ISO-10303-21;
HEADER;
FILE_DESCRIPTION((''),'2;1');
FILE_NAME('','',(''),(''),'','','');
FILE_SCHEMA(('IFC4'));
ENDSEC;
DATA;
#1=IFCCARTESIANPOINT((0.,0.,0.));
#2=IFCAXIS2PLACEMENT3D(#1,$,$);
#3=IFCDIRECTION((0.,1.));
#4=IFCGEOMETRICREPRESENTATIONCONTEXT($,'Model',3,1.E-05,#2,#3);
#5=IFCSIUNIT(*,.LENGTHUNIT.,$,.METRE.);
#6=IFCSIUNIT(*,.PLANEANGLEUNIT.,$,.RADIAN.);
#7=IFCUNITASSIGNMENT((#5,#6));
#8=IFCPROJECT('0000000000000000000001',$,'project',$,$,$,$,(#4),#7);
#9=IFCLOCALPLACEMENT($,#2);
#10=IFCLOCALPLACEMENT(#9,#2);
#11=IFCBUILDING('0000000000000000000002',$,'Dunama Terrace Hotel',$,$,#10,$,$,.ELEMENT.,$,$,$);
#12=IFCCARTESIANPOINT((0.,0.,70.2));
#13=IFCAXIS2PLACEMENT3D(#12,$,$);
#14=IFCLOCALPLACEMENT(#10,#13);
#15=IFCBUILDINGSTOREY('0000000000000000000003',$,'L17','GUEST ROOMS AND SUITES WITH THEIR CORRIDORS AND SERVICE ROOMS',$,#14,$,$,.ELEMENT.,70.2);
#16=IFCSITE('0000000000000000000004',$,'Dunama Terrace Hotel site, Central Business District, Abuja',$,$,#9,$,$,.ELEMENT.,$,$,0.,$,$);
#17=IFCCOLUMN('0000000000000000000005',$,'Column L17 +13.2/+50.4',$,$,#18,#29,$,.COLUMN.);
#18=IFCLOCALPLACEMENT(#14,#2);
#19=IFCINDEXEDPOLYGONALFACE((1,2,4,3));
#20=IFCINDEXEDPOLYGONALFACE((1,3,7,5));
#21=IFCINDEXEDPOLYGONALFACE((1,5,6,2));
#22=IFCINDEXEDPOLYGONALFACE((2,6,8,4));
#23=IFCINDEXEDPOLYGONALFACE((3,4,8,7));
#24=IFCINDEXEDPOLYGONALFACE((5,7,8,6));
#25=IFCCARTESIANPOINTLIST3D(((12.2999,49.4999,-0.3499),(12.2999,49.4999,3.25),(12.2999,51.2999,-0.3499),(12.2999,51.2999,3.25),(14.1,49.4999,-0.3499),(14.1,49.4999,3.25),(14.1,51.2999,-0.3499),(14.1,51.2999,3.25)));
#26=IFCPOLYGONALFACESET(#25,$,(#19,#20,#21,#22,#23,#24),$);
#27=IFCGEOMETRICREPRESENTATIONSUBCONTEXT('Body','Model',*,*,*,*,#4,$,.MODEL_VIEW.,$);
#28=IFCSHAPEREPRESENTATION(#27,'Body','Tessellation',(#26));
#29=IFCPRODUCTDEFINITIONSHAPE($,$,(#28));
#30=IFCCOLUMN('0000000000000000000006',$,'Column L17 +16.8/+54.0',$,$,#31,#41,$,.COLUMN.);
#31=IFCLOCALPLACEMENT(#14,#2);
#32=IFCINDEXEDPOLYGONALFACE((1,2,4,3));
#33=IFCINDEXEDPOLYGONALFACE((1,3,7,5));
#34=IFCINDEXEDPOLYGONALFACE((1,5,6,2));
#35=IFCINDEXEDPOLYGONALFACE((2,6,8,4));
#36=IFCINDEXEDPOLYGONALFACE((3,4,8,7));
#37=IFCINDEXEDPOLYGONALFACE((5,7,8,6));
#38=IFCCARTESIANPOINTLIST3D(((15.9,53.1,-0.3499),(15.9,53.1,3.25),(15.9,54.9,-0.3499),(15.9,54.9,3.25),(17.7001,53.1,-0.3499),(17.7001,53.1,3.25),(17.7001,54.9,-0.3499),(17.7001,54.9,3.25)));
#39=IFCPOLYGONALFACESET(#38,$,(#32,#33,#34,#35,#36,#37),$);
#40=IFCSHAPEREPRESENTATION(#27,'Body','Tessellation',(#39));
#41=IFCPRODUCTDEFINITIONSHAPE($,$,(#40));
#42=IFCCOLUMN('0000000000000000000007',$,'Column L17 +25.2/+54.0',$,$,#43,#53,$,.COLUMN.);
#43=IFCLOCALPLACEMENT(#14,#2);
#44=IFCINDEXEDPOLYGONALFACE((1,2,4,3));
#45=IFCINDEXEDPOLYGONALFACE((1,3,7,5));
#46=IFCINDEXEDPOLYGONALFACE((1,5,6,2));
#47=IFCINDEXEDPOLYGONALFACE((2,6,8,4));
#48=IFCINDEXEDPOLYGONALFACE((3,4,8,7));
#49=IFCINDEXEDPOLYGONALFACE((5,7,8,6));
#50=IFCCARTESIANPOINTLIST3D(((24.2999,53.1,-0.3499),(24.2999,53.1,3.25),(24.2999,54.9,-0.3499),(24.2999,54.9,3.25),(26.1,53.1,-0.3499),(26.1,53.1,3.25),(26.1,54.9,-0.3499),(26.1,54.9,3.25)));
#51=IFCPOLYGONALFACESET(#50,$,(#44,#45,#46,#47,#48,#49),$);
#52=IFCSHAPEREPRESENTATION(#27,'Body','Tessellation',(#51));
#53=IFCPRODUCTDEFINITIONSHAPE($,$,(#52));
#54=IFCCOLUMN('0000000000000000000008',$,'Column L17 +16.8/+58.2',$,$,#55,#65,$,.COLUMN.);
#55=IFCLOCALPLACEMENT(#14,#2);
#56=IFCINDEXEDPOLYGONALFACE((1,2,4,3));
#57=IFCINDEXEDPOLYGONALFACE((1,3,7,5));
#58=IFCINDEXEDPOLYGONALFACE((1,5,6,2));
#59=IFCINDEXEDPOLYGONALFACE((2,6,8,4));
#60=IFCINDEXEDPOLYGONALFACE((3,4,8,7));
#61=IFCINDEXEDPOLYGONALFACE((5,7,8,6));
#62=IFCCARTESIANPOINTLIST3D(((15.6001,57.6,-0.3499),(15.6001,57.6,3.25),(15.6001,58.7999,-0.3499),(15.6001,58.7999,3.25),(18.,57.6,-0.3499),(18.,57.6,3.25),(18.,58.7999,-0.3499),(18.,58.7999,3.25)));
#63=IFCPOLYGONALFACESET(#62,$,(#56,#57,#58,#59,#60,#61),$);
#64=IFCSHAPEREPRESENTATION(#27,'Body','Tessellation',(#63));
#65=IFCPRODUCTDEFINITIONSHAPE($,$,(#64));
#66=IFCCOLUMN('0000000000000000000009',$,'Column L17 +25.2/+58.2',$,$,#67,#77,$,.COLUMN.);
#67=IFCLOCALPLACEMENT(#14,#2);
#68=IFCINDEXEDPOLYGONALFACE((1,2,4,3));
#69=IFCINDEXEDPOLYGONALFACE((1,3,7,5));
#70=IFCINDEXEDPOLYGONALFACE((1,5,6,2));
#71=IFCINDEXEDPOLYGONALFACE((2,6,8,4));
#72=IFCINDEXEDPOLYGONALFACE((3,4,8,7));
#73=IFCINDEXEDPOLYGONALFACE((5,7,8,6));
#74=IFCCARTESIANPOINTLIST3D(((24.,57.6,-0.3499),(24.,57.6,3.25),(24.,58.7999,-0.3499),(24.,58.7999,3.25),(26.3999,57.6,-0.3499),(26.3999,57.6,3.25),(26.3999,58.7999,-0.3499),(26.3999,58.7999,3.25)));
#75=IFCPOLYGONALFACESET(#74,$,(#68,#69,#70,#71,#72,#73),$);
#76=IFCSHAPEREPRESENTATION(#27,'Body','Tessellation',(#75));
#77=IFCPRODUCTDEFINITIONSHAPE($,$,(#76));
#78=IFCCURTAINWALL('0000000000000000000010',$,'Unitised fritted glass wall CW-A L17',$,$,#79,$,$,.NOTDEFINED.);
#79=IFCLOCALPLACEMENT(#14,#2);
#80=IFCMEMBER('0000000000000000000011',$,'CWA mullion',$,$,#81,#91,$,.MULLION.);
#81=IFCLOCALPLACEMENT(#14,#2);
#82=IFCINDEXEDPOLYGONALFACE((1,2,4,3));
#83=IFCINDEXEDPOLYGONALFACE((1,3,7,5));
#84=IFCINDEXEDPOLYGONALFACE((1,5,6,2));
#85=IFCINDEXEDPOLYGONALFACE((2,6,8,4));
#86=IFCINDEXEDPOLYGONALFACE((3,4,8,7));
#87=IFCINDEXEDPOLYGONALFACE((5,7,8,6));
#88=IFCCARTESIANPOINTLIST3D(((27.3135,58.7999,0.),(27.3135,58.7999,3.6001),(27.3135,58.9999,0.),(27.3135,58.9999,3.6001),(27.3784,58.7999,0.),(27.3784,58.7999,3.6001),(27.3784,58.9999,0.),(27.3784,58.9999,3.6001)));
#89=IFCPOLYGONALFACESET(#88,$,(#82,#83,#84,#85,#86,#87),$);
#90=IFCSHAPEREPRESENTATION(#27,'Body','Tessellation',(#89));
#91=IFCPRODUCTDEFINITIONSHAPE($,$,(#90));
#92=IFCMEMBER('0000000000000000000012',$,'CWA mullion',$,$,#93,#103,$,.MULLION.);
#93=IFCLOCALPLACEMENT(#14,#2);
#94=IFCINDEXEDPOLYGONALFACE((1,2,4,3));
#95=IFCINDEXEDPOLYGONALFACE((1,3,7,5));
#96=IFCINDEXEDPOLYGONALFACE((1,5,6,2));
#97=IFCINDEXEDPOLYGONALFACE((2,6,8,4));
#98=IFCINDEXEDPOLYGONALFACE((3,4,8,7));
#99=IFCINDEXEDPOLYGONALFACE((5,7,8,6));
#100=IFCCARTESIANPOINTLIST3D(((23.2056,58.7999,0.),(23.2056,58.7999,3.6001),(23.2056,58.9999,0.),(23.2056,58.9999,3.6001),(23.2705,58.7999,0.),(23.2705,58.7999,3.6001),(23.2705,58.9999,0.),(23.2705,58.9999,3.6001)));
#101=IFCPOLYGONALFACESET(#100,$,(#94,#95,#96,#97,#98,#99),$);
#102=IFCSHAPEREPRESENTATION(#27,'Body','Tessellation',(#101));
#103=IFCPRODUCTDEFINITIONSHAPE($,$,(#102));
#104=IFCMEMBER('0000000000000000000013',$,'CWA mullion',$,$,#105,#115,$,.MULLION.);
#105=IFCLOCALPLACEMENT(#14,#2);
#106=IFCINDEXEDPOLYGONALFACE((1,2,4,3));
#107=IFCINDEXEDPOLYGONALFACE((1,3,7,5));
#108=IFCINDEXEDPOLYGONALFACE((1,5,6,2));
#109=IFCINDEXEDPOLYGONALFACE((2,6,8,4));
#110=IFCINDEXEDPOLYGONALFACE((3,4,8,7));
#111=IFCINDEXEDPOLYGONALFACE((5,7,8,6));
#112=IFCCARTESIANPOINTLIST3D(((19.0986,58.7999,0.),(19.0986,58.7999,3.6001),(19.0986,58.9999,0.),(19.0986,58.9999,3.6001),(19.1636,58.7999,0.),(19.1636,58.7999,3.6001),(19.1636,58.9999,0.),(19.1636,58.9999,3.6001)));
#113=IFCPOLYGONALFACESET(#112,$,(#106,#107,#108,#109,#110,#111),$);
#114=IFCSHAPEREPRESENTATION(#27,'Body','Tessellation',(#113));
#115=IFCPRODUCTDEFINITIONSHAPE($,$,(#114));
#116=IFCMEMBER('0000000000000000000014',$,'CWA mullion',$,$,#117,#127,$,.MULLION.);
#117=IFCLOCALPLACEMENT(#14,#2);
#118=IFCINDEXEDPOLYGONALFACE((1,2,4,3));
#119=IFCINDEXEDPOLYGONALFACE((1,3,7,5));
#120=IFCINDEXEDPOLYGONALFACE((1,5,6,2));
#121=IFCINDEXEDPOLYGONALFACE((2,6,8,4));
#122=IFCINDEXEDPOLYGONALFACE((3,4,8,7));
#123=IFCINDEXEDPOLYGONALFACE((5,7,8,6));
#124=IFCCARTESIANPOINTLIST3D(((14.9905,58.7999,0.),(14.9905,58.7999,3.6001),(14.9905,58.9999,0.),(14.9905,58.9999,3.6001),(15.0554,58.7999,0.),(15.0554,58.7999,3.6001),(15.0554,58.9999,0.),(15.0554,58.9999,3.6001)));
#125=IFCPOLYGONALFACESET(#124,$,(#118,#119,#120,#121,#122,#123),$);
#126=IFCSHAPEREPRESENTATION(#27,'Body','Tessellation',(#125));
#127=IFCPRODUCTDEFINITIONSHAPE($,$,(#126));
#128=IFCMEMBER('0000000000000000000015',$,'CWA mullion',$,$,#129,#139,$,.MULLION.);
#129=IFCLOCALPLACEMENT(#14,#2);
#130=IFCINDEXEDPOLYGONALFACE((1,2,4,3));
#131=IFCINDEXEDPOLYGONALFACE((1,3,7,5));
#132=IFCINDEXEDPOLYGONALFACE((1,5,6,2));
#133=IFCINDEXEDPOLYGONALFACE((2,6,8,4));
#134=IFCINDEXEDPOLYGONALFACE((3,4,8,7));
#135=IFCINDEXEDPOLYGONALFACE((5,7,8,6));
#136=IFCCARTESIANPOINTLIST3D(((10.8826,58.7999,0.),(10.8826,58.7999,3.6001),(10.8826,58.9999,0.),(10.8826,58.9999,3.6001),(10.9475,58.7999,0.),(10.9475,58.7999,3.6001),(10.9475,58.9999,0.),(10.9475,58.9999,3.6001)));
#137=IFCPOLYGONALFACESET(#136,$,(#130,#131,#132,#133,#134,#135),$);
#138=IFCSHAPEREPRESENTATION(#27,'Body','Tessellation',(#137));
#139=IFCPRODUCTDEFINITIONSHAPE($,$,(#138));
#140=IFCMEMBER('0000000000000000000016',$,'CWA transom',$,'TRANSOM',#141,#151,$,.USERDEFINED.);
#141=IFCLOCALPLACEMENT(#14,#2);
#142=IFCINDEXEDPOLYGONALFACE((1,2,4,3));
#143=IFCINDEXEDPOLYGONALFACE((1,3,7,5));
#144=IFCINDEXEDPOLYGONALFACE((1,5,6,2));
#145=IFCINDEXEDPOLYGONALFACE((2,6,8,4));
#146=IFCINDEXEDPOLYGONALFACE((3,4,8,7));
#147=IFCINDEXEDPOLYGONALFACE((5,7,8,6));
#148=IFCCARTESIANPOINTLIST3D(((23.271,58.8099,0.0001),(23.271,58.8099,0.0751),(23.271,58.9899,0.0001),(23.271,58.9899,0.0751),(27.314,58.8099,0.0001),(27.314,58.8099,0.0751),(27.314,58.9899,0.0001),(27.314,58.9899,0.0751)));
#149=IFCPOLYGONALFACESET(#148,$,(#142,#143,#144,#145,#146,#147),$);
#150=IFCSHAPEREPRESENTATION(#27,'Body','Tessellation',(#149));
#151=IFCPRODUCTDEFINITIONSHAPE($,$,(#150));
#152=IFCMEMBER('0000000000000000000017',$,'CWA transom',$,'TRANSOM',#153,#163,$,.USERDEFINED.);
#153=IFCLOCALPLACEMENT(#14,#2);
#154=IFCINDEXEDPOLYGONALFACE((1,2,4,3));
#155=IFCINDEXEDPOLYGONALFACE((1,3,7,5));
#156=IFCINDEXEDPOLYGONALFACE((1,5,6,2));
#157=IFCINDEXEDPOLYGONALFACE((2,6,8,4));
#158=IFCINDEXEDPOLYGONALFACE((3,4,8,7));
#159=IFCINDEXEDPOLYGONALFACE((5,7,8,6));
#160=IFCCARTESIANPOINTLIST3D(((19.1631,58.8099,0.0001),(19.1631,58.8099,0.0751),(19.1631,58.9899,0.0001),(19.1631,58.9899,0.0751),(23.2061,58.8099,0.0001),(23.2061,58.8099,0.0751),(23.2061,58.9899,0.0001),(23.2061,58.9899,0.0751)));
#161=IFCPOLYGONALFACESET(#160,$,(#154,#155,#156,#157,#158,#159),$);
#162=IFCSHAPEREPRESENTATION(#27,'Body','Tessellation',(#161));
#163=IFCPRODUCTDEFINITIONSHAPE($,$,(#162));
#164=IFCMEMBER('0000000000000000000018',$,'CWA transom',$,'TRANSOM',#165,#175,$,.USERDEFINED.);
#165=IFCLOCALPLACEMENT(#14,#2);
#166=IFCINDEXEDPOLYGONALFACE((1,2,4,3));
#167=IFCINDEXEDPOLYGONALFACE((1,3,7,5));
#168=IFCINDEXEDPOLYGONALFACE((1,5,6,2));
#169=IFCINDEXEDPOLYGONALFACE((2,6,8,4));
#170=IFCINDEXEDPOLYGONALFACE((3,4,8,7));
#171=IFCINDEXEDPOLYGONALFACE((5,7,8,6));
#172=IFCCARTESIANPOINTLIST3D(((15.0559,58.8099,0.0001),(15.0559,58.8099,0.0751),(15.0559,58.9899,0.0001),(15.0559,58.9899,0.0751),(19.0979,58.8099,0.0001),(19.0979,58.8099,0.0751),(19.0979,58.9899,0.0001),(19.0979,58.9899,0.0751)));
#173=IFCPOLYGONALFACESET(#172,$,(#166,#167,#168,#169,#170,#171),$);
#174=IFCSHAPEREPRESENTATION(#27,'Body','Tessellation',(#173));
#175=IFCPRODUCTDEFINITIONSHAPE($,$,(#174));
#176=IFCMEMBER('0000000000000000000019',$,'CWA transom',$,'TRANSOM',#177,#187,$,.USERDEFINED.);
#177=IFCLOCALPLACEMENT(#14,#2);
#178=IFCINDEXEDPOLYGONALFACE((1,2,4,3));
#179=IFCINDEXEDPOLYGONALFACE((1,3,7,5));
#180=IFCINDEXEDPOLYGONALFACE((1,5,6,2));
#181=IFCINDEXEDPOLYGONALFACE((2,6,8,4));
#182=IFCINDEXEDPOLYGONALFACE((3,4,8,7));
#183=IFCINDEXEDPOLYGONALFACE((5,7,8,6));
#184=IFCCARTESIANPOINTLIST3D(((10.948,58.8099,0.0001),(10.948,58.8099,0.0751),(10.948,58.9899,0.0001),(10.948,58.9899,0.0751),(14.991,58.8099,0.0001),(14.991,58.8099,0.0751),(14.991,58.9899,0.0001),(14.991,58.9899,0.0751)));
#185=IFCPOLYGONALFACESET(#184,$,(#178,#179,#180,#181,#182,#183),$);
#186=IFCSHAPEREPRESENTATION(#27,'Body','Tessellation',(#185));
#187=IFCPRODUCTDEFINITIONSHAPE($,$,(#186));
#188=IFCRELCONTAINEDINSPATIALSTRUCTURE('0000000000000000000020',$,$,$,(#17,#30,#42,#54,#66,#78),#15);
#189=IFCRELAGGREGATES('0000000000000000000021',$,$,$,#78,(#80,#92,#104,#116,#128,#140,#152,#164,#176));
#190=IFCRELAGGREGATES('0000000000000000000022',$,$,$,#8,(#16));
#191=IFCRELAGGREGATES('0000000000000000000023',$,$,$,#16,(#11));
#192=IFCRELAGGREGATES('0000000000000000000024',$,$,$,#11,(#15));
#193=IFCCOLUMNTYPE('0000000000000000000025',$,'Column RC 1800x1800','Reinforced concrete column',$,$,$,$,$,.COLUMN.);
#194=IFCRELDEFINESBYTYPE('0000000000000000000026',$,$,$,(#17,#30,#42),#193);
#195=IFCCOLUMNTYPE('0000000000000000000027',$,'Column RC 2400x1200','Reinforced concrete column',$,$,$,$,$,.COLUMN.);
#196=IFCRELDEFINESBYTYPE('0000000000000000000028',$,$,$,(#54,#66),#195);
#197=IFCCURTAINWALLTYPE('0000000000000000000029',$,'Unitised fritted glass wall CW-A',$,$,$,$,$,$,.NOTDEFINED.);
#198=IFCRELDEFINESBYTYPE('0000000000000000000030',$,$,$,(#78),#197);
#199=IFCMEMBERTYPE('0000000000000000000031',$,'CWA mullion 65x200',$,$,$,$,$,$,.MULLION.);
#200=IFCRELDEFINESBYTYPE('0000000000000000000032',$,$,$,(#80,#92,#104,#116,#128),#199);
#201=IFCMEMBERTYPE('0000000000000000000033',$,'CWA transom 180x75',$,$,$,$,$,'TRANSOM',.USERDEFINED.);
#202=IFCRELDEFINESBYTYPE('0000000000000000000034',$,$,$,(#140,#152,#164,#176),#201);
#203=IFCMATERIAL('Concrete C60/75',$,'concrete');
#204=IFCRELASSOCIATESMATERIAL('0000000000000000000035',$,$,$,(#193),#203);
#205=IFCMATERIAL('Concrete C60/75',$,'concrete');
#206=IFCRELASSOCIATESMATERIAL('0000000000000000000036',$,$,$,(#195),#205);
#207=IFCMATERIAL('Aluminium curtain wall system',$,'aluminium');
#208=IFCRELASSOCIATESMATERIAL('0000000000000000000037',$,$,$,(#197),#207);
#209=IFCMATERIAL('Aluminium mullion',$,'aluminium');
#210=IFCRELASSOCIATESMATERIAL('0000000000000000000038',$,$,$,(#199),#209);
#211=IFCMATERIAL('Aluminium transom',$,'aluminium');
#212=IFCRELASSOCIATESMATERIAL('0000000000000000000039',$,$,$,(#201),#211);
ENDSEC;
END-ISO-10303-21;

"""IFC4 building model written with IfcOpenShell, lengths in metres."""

from ifc_helpers import new_model, si_unit, direction, frame, origin, origin_2d, place, context, subcontext, project, spatial, rectangle, extrude, material, material_profile, profile_set, type_object, element, aggregate, save


model = new_model("IFC4")

# Units and contexts
model_context = context("Model", 3, precision=1e-05, world=origin(), true_north=direction((0.0, 1.0)))
body_context = subcontext(model_context, "Body", "Model", "MODEL_VIEW")
ifc_project = project(units=[si_unit("LENGTHUNIT", "METRE"), si_unit("PLANEANGLEUNIT", "RADIAN")], contexts=[model_context])

# Site, building, storey
site_placement = place(None, origin())
site = spatial("IfcSite", under=ifc_project, at=site_placement, Name="Dunama Terrace Hotel site, Central Business District, Abuja", CompositionType="ELEMENT", RefElevation=0.0)
building_placement = place(site_placement, origin())
building = spatial("IfcBuilding", under=site, at=building_placement, Name="Dunama Terrace Hotel", CompositionType="ELEMENT")
storey_placement = place(building_placement, frame((0.0, 0.0, 70.2)))
storey = spatial("IfcBuildingStorey", under=building, at=storey_placement, Name="L17", Description="GUEST ROOMS AND SUITES WITH THEIR CORRIDORS AND SERVICE ROOMS", CompositionType="ELEMENT", Elevation=70.2)

# Columns
ifc_material_1 = material(Name="Concrete C60/75", Category="concrete")
ifc_material_profile_1 = material_profile(ifc_material_1, rectangle(XDim=1.8, YDim=1.8, at=origin_2d()), Name="RC 1800x1800")
ifc_profile_set_1 = profile_set([ifc_material_profile_1], Name="Concrete C60/75")
column_type_1 = type_object("IfcColumnType", Name="Column RC 1800x1800", Description="Reinforced concrete column", PredefinedType="COLUMN", material=ifc_profile_set_1)
for number, where, z_axis, x_axis, name in (
    (1, (13.2, 50.3999, -0.3499), (0.0, 0.0, 1.0), (1.0, 0.0, 0.0), "Column L17 +13.2/+50.4"),
    (2, (16.8, 54.0, -0.3499), (0.0, 0.0, 1.0), (1.0, 0.0, 0.0), "Column L17 +16.8/+54.0"),
    (3, (25.2, 54.0, -0.3499), (0.0, 0.0, 1.0), (1.0, 0.0, 0.0), "Column L17 +25.2/+54.0"),
):
    element("IfcColumn", number, at=place(storey_placement, frame(where, z_axis=z_axis, x_axis=x_axis)), inside=storey, type_object=column_type_1, Name=name, PredefinedType="COLUMN", context=body_context, shape_type="SweptSolid", body=[
        extrude(rectangle(XDim=1.8, YDim=1.8, at=origin_2d()), origin(), (0.0, 0.0, 1.0), 3.5999),
    ])
ifc_material_2 = material(Name="Concrete C60/75", Category="concrete")
ifc_material_profile_2 = material_profile(ifc_material_2, rectangle(XDim=2.3999, YDim=1.2, at=origin_2d()), Name="RC 2400x1200")
ifc_profile_set_2 = profile_set([ifc_material_profile_2], Name="Concrete C60/75")
column_type_2 = type_object("IfcColumnType", Name="Column RC 2400x1200", Description="Reinforced concrete column", PredefinedType="COLUMN", material=ifc_profile_set_2)
for number, where, z_axis, x_axis, name in (
    (4, (16.8, 58.2, -0.3499), (0.0, 0.0, 1.0), (1.0, 0.0, 0.0), "Column L17 +16.8/+58.2"),
    (5, (25.2, 58.2, -0.3499), (0.0, 0.0, 1.0), (1.0, 0.0, 0.0), "Column L17 +25.2/+58.2"),
):
    element("IfcColumn", number, at=place(storey_placement, frame(where, z_axis=z_axis, x_axis=x_axis)), inside=storey, type_object=column_type_2, Name=name, PredefinedType="COLUMN", context=body_context, shape_type="SweptSolid", body=[
        extrude(rectangle(XDim=2.3999, YDim=1.2, at=origin_2d()), origin(), (0.0, 0.0, 1.0), 3.5999),
    ])

# Curtain wall, members
ifc_material_3 = material(Name="Aluminium curtain wall system", Category="aluminium")
curtain_wall_type = type_object("IfcCurtainWallType", Name="Unitised fritted glass wall CW-A", PredefinedType="NOTDEFINED", material=ifc_material_3)
curtain_wall_placement = place(storey_placement, origin())
curtain_wall = element("IfcCurtainWall", 6, at=curtain_wall_placement, inside=storey, type_object=curtain_wall_type, Name="Unitised fritted glass wall CW-A L17", PredefinedType="NOTDEFINED")
ifc_material_4 = material(Name="Aluminium mullion", Category="aluminium")
ifc_material_profile_3 = material_profile(ifc_material_4, rectangle(XDim=0.0649, YDim=0.2, at=origin_2d()), Name="CWA MULLION 65X200")
ifc_profile_set_3 = profile_set([ifc_material_profile_3], Name="Aluminium mullion")
member_type_1 = type_object("IfcMemberType", Name="CWA mullion 65x200", PredefinedType="MULLION", material=ifc_profile_set_3)
member_1_placement = place(storey_placement, frame((27.3459, 58.8999, 0.0), z_axis=(0.0, 0.0, 1.0), x_axis=(-1.0, 0.0, 0.0)))
member_1 = element("IfcMember", 7, at=member_1_placement, type_object=member_type_1, Name="CWA mullion", PredefinedType="MULLION", context=body_context, shape_type="SweptSolid", body=[
    extrude(rectangle(XDim=0.0649, YDim=0.2, at=origin_2d()), origin(), (0.0, 0.0, 1.0), 3.6001),
])
member_2_placement = place(storey_placement, frame((23.238, 58.8999, 0.0), z_axis=(0.0, 0.0, 1.0), x_axis=(-1.0, 0.0, 0.0)))
member_2 = element("IfcMember", 8, at=member_2_placement, type_object=member_type_1, Name="CWA mullion", PredefinedType="MULLION", context=body_context, shape_type="SweptSolid", body=[
    extrude(rectangle(XDim=0.0649, YDim=0.2, at=origin_2d()), origin(), (0.0, 0.0, 1.0), 3.6001),
])
member_3_placement = place(storey_placement, frame((19.1311, 58.8999, 0.0), z_axis=(0.0, 0.0, 1.0), x_axis=(-1.0, 0.0, 0.0)))
member_3 = element("IfcMember", 9, at=member_3_placement, type_object=member_type_1, Name="CWA mullion", PredefinedType="MULLION", context=body_context, shape_type="SweptSolid", body=[
    extrude(rectangle(XDim=0.0649, YDim=0.2, at=origin_2d()), origin(), (0.0, 0.0, 1.0), 3.6001),
])
member_4_placement = place(storey_placement, frame((15.0229, 58.8999, 0.0), z_axis=(0.0, 0.0, 1.0), x_axis=(-1.0, 0.0, 0.0)))
member_4 = element("IfcMember", 10, at=member_4_placement, type_object=member_type_1, Name="CWA mullion", PredefinedType="MULLION", context=body_context, shape_type="SweptSolid", body=[
    extrude(rectangle(XDim=0.0649, YDim=0.2, at=origin_2d()), origin(), (0.0, 0.0, 1.0), 3.6001),
])
member_5_placement = place(storey_placement, frame((10.915, 58.8999, 0.0), z_axis=(0.0, 0.0, 1.0), x_axis=(-1.0, 0.0, 0.0)))
member_5 = element("IfcMember", 11, at=member_5_placement, type_object=member_type_1, Name="CWA mullion", PredefinedType="MULLION", context=body_context, shape_type="SweptSolid", body=[
    extrude(rectangle(XDim=0.0649, YDim=0.2, at=origin_2d()), origin(), (0.0, 0.0, 1.0), 3.6001),
])
ifc_material_5 = material(Name="Aluminium transom", Category="aluminium")
ifc_material_profile_4 = material_profile(ifc_material_5, rectangle(XDim=0.1799, YDim=0.075, at=origin_2d()), Name="CWA TRANSOM 180X75")
ifc_profile_set_4 = profile_set([ifc_material_profile_4], Name="Aluminium transom")
member_type_2 = type_object("IfcMemberType", Name="CWA transom 180x75", ElementType="TRANSOM", PredefinedType="USERDEFINED", material=ifc_profile_set_4)
member_6_placement = place(storey_placement, frame((27.314, 58.8999, 0.0376), z_axis=(-1.0, 0.0, 0.0), x_axis=(0.0, -1.0, 0.0)))
member_6 = element("IfcMember", 12, at=member_6_placement, type_object=member_type_2, Name="CWA transom", ObjectType="TRANSOM", PredefinedType="USERDEFINED", context=body_context, shape_type="SweptSolid", body=[
    extrude(rectangle(XDim=0.1799, YDim=0.075, at=origin_2d()), origin(), (0.0, 0.0, 1.0), 4.043),
])
member_7_placement = place(storey_placement, frame((23.2061, 58.8999, 0.0376), z_axis=(-1.0, 0.0, 0.0), x_axis=(0.0, -1.0, 0.0)))
member_7 = element("IfcMember", 13, at=member_7_placement, type_object=member_type_2, Name="CWA transom", ObjectType="TRANSOM", PredefinedType="USERDEFINED", context=body_context, shape_type="SweptSolid", body=[
    extrude(rectangle(XDim=0.1799, YDim=0.075, at=origin_2d()), origin(), (0.0, 0.0, 1.0), 4.043),
])
member_8_placement = place(storey_placement, frame((19.0979, 58.8999, 0.0376), z_axis=(-1.0, 0.0, 0.0), x_axis=(0.0, -1.0, 0.0)))
member_8 = element("IfcMember", 14, at=member_8_placement, type_object=member_type_2, Name="CWA transom", ObjectType="TRANSOM", PredefinedType="USERDEFINED", context=body_context, shape_type="SweptSolid", body=[
    extrude(rectangle(XDim=0.1799, YDim=0.075, at=origin_2d()), origin(), (0.0, 0.0, 1.0), 4.042),
])
member_9_placement = place(storey_placement, frame((14.991, 58.8999, 0.0376), z_axis=(-1.0, 0.0, 0.0), x_axis=(0.0, -1.0, 0.0)))
member_9 = element("IfcMember", 15, at=member_9_placement, type_object=member_type_2, Name="CWA transom", ObjectType="TRANSOM", PredefinedType="USERDEFINED", context=body_context, shape_type="SweptSolid", body=[
    extrude(rectangle(XDim=0.1799, YDim=0.075, at=origin_2d()), origin(), (0.0, 0.0, 1.0), 4.043),
])

aggregate(curtain_wall, [member_1, member_2, member_3, member_4, member_5, member_6, member_7, member_8, member_9])

save(model, "model.ifc")
